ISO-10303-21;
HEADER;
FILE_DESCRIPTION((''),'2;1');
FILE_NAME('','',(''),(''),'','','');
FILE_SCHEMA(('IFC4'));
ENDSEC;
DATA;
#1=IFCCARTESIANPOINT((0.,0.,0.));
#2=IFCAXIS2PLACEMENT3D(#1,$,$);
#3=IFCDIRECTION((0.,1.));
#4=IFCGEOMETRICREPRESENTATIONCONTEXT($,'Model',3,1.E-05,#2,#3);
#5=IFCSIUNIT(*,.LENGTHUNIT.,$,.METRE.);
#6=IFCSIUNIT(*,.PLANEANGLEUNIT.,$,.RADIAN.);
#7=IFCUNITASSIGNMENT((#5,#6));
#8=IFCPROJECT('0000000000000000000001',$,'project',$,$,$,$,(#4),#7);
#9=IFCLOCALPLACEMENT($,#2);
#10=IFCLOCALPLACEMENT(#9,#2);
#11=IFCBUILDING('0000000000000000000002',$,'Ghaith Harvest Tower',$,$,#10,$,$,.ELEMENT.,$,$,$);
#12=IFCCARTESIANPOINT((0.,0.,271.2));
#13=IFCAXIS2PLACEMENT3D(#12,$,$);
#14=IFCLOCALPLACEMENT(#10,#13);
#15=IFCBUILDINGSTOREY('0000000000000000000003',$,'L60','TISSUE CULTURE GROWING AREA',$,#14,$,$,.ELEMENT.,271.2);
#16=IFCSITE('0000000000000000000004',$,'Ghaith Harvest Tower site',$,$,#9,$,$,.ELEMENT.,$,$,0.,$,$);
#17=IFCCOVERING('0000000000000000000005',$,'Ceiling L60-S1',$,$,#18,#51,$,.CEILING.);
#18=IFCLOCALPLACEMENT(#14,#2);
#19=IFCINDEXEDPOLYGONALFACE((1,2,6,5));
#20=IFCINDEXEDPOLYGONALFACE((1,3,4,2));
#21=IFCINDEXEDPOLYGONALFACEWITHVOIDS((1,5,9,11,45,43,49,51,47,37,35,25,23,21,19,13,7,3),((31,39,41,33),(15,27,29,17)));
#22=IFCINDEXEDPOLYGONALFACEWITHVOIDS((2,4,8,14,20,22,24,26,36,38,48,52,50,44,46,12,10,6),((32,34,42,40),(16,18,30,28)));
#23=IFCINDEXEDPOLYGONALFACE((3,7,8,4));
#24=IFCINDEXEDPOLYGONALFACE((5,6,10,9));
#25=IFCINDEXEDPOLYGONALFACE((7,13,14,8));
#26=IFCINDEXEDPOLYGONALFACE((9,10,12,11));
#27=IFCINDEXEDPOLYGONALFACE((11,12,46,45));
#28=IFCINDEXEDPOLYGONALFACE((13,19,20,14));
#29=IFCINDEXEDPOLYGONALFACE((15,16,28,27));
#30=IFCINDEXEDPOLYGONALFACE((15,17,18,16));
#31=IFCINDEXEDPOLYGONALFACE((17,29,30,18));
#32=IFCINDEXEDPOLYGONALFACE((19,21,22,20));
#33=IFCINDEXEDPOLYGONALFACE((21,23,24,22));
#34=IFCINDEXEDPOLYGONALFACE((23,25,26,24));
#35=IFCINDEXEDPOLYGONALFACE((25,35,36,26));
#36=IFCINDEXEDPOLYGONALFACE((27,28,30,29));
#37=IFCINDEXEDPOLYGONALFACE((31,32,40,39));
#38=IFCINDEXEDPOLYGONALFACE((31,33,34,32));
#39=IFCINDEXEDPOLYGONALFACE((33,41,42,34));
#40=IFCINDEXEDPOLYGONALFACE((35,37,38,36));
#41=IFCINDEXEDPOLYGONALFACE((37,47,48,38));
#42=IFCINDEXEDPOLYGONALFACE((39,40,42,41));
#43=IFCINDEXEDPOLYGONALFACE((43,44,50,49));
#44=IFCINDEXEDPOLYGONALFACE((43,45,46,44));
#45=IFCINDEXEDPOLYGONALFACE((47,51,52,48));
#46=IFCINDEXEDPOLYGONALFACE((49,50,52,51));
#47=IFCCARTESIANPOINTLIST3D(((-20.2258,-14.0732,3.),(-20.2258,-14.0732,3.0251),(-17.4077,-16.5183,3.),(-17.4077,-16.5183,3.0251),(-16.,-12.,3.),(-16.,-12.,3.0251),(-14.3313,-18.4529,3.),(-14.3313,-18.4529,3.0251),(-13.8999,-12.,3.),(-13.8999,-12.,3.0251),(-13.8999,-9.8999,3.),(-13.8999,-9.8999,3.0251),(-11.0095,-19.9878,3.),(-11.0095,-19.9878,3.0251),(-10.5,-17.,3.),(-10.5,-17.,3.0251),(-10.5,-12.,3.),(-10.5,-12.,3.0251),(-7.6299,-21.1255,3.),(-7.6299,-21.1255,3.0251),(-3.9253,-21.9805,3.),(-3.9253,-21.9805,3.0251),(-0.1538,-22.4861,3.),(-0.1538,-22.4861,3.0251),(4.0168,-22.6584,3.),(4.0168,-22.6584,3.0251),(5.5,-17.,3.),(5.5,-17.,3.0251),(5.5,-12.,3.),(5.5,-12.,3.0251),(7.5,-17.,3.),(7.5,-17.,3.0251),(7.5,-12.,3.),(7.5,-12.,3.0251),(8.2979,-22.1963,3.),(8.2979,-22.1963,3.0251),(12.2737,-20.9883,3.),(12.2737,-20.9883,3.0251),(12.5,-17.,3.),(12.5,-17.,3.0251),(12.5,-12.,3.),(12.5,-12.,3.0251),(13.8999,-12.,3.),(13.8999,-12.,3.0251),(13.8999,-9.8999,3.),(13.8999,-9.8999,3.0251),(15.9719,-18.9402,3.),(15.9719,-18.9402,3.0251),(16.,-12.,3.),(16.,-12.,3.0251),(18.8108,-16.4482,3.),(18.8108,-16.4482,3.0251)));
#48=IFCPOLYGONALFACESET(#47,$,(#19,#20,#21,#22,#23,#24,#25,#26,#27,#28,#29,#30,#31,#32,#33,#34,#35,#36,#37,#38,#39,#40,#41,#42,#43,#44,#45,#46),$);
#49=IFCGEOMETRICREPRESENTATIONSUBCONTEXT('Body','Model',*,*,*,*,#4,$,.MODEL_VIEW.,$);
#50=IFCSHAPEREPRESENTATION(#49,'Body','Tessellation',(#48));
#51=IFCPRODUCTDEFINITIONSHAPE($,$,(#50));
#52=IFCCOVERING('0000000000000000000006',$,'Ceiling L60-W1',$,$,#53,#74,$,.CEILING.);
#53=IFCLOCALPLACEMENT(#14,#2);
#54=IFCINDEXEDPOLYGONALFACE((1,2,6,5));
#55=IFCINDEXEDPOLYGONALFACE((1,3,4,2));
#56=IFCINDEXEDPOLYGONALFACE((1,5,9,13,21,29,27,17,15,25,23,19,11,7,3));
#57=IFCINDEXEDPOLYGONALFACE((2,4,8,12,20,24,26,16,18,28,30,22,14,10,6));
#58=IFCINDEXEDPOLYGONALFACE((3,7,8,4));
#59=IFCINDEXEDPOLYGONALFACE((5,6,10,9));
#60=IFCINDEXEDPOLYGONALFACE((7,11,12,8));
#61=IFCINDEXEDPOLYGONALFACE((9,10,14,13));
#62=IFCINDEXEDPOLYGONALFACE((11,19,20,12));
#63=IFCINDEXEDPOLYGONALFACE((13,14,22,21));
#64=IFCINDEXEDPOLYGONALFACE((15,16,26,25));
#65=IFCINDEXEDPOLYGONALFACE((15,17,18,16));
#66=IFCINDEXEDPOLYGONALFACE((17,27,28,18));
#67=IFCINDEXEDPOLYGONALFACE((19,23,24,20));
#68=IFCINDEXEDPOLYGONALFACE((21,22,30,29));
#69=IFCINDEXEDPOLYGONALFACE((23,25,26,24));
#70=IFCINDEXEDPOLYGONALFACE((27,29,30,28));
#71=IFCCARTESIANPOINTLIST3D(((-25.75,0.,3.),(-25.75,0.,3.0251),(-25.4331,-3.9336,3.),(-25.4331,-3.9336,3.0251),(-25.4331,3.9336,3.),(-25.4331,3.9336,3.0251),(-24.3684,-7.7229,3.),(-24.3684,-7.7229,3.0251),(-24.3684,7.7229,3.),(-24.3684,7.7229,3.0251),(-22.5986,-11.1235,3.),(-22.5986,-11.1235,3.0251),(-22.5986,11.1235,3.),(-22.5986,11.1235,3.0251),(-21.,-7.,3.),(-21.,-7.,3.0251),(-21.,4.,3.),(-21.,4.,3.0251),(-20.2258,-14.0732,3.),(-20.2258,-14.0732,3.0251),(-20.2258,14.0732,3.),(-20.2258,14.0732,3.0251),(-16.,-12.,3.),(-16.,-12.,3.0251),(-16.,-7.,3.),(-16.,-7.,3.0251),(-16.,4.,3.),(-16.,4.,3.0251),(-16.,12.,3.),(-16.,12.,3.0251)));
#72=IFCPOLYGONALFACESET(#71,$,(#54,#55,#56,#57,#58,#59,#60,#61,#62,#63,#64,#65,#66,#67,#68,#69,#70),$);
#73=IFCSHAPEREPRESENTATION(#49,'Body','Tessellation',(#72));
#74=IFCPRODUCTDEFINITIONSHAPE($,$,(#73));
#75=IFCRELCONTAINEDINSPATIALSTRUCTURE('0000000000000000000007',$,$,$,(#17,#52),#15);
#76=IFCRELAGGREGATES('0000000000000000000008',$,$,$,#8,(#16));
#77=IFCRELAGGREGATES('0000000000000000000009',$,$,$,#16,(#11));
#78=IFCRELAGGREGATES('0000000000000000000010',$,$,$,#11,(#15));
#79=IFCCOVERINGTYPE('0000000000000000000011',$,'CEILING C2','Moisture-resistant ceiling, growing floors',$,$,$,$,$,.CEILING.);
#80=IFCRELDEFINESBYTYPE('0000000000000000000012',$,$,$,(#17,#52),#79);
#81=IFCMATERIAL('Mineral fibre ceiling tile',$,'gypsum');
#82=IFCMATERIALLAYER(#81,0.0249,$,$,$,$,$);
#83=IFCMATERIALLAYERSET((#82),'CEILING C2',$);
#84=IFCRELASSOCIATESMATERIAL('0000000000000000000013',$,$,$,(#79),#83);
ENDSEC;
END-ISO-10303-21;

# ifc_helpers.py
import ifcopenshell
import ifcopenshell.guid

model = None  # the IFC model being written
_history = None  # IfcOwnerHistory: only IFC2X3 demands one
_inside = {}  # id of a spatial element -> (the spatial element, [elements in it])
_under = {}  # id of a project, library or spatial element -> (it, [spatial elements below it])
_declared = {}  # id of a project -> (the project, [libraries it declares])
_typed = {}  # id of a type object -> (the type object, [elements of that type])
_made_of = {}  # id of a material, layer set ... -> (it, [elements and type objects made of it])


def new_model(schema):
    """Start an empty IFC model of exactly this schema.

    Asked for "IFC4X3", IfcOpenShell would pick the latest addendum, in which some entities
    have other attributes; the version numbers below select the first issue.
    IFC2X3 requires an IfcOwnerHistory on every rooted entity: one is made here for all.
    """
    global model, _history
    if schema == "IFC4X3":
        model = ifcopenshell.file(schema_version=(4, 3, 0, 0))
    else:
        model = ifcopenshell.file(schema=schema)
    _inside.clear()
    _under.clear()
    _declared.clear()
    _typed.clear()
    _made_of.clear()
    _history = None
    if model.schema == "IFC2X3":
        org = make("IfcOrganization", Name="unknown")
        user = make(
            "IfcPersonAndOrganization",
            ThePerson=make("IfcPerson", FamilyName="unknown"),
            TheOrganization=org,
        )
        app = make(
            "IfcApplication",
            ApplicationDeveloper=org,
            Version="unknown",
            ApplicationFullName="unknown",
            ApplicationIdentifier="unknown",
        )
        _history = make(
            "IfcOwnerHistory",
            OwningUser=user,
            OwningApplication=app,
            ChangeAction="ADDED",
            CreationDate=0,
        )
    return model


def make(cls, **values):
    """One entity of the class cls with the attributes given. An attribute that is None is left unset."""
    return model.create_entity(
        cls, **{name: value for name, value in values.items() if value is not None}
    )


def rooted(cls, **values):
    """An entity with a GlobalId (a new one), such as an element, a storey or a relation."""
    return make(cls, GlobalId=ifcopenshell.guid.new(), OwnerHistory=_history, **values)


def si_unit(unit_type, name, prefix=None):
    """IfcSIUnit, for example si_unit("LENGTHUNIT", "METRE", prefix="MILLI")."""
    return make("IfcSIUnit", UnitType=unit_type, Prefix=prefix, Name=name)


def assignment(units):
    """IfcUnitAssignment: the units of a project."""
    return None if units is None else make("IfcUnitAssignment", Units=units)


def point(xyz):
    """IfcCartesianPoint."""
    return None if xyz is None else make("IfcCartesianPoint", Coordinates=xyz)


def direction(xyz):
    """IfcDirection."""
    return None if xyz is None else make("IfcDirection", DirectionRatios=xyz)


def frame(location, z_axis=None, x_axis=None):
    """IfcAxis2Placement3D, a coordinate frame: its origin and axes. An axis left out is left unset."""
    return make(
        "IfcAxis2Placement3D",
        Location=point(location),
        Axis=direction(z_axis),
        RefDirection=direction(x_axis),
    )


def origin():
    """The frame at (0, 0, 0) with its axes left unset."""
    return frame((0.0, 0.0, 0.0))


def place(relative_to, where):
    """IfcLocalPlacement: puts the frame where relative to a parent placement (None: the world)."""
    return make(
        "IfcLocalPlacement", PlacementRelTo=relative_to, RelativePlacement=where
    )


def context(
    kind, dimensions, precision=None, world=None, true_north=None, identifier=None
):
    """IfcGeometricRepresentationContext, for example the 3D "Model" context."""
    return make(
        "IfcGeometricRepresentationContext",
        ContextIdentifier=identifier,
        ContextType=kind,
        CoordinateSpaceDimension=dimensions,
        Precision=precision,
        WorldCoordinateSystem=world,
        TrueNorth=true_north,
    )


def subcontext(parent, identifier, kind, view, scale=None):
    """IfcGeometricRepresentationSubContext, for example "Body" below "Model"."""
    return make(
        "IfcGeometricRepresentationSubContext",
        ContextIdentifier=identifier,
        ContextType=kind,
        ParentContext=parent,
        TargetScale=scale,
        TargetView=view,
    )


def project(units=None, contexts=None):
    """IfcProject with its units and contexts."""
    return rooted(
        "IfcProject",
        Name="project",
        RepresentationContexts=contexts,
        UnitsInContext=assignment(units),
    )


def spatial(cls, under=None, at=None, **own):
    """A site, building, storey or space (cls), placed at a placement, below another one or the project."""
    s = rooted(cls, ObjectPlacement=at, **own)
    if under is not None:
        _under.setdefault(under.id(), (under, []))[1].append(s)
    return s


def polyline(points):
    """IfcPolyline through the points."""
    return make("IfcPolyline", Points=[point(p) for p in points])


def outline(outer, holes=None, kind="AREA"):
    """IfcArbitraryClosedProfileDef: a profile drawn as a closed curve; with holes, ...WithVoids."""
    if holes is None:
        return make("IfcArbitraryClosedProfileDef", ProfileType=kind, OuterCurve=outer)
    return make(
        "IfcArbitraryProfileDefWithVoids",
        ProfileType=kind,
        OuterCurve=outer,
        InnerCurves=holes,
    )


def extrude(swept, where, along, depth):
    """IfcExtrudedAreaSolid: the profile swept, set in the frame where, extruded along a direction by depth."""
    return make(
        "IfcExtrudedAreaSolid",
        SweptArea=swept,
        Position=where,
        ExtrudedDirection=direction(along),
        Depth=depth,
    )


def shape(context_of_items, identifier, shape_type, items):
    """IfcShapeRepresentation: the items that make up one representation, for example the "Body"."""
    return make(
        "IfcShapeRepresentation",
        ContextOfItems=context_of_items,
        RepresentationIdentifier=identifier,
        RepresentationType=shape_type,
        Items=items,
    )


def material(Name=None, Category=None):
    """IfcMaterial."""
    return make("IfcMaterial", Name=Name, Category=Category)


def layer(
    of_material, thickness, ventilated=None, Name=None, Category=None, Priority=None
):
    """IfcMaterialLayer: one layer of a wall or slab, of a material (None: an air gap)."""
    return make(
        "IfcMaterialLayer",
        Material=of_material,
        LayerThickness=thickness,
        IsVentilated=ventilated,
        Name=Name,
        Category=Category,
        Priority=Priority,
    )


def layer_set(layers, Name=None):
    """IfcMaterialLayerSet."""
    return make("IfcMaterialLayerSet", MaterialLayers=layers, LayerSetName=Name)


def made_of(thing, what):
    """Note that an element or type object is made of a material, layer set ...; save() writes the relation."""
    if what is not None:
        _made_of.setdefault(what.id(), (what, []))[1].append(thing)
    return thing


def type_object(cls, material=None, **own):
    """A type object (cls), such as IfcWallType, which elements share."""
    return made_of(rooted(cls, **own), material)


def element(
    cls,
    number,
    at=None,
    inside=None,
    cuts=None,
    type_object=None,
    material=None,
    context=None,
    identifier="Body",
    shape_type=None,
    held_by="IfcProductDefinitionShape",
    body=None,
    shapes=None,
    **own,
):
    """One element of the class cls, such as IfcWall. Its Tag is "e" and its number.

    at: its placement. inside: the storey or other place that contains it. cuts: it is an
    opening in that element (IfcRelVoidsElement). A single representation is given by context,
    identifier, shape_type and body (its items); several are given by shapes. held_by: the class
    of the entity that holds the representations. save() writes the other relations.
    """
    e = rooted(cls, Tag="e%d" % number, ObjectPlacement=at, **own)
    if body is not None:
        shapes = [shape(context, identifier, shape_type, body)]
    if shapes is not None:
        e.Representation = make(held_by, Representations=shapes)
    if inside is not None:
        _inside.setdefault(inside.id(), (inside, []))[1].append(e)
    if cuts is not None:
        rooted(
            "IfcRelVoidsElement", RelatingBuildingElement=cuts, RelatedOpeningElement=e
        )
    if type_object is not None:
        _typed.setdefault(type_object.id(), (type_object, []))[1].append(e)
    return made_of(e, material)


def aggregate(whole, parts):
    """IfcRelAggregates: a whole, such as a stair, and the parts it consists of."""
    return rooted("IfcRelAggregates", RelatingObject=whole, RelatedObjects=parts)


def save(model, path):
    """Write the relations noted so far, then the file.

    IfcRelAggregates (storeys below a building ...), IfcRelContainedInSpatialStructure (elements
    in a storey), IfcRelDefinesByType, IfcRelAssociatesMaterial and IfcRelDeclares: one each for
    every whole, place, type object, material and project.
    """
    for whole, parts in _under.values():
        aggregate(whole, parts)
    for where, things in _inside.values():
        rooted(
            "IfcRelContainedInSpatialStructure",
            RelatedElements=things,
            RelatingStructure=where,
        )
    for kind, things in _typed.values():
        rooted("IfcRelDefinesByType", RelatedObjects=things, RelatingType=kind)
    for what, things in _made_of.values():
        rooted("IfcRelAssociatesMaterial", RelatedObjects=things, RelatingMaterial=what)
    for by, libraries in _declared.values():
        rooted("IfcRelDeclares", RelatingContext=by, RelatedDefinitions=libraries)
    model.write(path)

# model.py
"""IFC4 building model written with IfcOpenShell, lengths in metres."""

from ifc_helpers import new_model, si_unit, direction, frame, origin, place, context, subcontext, project, spatial, polyline, outline, extrude, material, layer, layer_set, type_object, element, save


model = new_model("IFC4")

# Units and contexts
model_context = context("Model", 3, precision=1e-05, world=origin(), true_north=direction((0.0, 1.0)))
body_context = subcontext(model_context, "Body", "Model", "MODEL_VIEW")
ifc_project = project(units=[si_unit("LENGTHUNIT", "METRE"), si_unit("PLANEANGLEUNIT", "RADIAN")], contexts=[model_context])

# Site, building, storey
site_placement = place(None, origin())
site = spatial("IfcSite", under=ifc_project, at=site_placement, Name="Ghaith Harvest Tower site", CompositionType="ELEMENT", RefElevation=0.0)
building_placement = place(site_placement, origin())
building = spatial("IfcBuilding", under=site, at=building_placement, Name="Ghaith Harvest Tower", CompositionType="ELEMENT")
storey_placement = place(building_placement, frame((0.0, 0.0, 271.2)))
storey = spatial("IfcBuildingStorey", under=building, at=storey_placement, Name="L60", Description="TISSUE CULTURE GROWING AREA", CompositionType="ELEMENT", Elevation=271.2)

# Coverings
ifc_material_1 = material(Name="Mineral fibre ceiling tile", Category="gypsum")
ifc_layer_1 = layer(ifc_material_1, 0.0249)
ifc_layer_set_1 = layer_set([ifc_layer_1], Name="CEILING C2")
covering_type = type_object("IfcCoveringType", Name="CEILING C2", Description="Moisture-resistant ceiling, growing floors", PredefinedType="CEILING", material=ifc_layer_set_1)
covering_1_placement = place(storey_placement, frame((0.0, 0.0, 3.0)))
element("IfcCovering", 1, at=covering_1_placement, inside=storey, type_object=covering_type, Name="Ceiling L60-S1", PredefinedType="CEILING", context=body_context, shape_type="SweptSolid", body=[
    extrude(outline(polyline([(-17.4077, -16.5183), (-20.2258, -14.0732), (-16.0, -12.0), (-13.8999, -12.0), (-13.8999, -9.8999), (13.8999, -9.8999), (13.8999, -12.0), (16.0, -12.0), (18.8108, -16.4482), (15.9719, -18.9402), (12.2737, -20.9883), (8.2979, -22.1963), (4.0168, -22.6584), (-0.1538, -22.4861), (-3.9253, -21.9805), (-7.6299, -21.1255), (-11.0095, -19.9878), (-14.3313, -18.4529), (-17.4077, -16.5183)]), holes=[polyline([(5.5, -12.0), (-10.5, -12.0), (-10.5, -17.0), (5.5, -17.0), (5.5, -12.0)]), polyline([(7.5, -12.0), (7.5, -17.0), (12.5, -17.0), (12.5, -12.0), (7.5, -12.0)])]), origin(), (0.0, 0.0, 1.0), 0.0251),
])
covering_2_placement = place(storey_placement, frame((0.0, 0.0, 3.0)))
element("IfcCovering", 2, at=covering_2_placement, inside=storey, type_object=covering_type, Name="Ceiling L60-W1", PredefinedType="CEILING", context=body_context, shape_type="SweptSolid", body=[
    extrude(outline(polyline([(-22.5986, -11.1235), (-24.3684, -7.7229), (-25.4331, -3.9336), (-25.75, 0.0), (-25.4331, 3.9336), (-24.3684, 7.7229), (-22.5986, 11.1235), (-20.2258, 14.0732), (-16.0, 12.0), (-16.0, 4.0), (-21.0, 4.0), (-21.0, -7.0), (-16.0, -7.0), (-16.0, -12.0), (-20.2258, -14.0732), (-22.5986, -11.1235)])), origin(), (0.0, 0.0, 1.0), 0.0251),
])

save(model, "model.ifc")
